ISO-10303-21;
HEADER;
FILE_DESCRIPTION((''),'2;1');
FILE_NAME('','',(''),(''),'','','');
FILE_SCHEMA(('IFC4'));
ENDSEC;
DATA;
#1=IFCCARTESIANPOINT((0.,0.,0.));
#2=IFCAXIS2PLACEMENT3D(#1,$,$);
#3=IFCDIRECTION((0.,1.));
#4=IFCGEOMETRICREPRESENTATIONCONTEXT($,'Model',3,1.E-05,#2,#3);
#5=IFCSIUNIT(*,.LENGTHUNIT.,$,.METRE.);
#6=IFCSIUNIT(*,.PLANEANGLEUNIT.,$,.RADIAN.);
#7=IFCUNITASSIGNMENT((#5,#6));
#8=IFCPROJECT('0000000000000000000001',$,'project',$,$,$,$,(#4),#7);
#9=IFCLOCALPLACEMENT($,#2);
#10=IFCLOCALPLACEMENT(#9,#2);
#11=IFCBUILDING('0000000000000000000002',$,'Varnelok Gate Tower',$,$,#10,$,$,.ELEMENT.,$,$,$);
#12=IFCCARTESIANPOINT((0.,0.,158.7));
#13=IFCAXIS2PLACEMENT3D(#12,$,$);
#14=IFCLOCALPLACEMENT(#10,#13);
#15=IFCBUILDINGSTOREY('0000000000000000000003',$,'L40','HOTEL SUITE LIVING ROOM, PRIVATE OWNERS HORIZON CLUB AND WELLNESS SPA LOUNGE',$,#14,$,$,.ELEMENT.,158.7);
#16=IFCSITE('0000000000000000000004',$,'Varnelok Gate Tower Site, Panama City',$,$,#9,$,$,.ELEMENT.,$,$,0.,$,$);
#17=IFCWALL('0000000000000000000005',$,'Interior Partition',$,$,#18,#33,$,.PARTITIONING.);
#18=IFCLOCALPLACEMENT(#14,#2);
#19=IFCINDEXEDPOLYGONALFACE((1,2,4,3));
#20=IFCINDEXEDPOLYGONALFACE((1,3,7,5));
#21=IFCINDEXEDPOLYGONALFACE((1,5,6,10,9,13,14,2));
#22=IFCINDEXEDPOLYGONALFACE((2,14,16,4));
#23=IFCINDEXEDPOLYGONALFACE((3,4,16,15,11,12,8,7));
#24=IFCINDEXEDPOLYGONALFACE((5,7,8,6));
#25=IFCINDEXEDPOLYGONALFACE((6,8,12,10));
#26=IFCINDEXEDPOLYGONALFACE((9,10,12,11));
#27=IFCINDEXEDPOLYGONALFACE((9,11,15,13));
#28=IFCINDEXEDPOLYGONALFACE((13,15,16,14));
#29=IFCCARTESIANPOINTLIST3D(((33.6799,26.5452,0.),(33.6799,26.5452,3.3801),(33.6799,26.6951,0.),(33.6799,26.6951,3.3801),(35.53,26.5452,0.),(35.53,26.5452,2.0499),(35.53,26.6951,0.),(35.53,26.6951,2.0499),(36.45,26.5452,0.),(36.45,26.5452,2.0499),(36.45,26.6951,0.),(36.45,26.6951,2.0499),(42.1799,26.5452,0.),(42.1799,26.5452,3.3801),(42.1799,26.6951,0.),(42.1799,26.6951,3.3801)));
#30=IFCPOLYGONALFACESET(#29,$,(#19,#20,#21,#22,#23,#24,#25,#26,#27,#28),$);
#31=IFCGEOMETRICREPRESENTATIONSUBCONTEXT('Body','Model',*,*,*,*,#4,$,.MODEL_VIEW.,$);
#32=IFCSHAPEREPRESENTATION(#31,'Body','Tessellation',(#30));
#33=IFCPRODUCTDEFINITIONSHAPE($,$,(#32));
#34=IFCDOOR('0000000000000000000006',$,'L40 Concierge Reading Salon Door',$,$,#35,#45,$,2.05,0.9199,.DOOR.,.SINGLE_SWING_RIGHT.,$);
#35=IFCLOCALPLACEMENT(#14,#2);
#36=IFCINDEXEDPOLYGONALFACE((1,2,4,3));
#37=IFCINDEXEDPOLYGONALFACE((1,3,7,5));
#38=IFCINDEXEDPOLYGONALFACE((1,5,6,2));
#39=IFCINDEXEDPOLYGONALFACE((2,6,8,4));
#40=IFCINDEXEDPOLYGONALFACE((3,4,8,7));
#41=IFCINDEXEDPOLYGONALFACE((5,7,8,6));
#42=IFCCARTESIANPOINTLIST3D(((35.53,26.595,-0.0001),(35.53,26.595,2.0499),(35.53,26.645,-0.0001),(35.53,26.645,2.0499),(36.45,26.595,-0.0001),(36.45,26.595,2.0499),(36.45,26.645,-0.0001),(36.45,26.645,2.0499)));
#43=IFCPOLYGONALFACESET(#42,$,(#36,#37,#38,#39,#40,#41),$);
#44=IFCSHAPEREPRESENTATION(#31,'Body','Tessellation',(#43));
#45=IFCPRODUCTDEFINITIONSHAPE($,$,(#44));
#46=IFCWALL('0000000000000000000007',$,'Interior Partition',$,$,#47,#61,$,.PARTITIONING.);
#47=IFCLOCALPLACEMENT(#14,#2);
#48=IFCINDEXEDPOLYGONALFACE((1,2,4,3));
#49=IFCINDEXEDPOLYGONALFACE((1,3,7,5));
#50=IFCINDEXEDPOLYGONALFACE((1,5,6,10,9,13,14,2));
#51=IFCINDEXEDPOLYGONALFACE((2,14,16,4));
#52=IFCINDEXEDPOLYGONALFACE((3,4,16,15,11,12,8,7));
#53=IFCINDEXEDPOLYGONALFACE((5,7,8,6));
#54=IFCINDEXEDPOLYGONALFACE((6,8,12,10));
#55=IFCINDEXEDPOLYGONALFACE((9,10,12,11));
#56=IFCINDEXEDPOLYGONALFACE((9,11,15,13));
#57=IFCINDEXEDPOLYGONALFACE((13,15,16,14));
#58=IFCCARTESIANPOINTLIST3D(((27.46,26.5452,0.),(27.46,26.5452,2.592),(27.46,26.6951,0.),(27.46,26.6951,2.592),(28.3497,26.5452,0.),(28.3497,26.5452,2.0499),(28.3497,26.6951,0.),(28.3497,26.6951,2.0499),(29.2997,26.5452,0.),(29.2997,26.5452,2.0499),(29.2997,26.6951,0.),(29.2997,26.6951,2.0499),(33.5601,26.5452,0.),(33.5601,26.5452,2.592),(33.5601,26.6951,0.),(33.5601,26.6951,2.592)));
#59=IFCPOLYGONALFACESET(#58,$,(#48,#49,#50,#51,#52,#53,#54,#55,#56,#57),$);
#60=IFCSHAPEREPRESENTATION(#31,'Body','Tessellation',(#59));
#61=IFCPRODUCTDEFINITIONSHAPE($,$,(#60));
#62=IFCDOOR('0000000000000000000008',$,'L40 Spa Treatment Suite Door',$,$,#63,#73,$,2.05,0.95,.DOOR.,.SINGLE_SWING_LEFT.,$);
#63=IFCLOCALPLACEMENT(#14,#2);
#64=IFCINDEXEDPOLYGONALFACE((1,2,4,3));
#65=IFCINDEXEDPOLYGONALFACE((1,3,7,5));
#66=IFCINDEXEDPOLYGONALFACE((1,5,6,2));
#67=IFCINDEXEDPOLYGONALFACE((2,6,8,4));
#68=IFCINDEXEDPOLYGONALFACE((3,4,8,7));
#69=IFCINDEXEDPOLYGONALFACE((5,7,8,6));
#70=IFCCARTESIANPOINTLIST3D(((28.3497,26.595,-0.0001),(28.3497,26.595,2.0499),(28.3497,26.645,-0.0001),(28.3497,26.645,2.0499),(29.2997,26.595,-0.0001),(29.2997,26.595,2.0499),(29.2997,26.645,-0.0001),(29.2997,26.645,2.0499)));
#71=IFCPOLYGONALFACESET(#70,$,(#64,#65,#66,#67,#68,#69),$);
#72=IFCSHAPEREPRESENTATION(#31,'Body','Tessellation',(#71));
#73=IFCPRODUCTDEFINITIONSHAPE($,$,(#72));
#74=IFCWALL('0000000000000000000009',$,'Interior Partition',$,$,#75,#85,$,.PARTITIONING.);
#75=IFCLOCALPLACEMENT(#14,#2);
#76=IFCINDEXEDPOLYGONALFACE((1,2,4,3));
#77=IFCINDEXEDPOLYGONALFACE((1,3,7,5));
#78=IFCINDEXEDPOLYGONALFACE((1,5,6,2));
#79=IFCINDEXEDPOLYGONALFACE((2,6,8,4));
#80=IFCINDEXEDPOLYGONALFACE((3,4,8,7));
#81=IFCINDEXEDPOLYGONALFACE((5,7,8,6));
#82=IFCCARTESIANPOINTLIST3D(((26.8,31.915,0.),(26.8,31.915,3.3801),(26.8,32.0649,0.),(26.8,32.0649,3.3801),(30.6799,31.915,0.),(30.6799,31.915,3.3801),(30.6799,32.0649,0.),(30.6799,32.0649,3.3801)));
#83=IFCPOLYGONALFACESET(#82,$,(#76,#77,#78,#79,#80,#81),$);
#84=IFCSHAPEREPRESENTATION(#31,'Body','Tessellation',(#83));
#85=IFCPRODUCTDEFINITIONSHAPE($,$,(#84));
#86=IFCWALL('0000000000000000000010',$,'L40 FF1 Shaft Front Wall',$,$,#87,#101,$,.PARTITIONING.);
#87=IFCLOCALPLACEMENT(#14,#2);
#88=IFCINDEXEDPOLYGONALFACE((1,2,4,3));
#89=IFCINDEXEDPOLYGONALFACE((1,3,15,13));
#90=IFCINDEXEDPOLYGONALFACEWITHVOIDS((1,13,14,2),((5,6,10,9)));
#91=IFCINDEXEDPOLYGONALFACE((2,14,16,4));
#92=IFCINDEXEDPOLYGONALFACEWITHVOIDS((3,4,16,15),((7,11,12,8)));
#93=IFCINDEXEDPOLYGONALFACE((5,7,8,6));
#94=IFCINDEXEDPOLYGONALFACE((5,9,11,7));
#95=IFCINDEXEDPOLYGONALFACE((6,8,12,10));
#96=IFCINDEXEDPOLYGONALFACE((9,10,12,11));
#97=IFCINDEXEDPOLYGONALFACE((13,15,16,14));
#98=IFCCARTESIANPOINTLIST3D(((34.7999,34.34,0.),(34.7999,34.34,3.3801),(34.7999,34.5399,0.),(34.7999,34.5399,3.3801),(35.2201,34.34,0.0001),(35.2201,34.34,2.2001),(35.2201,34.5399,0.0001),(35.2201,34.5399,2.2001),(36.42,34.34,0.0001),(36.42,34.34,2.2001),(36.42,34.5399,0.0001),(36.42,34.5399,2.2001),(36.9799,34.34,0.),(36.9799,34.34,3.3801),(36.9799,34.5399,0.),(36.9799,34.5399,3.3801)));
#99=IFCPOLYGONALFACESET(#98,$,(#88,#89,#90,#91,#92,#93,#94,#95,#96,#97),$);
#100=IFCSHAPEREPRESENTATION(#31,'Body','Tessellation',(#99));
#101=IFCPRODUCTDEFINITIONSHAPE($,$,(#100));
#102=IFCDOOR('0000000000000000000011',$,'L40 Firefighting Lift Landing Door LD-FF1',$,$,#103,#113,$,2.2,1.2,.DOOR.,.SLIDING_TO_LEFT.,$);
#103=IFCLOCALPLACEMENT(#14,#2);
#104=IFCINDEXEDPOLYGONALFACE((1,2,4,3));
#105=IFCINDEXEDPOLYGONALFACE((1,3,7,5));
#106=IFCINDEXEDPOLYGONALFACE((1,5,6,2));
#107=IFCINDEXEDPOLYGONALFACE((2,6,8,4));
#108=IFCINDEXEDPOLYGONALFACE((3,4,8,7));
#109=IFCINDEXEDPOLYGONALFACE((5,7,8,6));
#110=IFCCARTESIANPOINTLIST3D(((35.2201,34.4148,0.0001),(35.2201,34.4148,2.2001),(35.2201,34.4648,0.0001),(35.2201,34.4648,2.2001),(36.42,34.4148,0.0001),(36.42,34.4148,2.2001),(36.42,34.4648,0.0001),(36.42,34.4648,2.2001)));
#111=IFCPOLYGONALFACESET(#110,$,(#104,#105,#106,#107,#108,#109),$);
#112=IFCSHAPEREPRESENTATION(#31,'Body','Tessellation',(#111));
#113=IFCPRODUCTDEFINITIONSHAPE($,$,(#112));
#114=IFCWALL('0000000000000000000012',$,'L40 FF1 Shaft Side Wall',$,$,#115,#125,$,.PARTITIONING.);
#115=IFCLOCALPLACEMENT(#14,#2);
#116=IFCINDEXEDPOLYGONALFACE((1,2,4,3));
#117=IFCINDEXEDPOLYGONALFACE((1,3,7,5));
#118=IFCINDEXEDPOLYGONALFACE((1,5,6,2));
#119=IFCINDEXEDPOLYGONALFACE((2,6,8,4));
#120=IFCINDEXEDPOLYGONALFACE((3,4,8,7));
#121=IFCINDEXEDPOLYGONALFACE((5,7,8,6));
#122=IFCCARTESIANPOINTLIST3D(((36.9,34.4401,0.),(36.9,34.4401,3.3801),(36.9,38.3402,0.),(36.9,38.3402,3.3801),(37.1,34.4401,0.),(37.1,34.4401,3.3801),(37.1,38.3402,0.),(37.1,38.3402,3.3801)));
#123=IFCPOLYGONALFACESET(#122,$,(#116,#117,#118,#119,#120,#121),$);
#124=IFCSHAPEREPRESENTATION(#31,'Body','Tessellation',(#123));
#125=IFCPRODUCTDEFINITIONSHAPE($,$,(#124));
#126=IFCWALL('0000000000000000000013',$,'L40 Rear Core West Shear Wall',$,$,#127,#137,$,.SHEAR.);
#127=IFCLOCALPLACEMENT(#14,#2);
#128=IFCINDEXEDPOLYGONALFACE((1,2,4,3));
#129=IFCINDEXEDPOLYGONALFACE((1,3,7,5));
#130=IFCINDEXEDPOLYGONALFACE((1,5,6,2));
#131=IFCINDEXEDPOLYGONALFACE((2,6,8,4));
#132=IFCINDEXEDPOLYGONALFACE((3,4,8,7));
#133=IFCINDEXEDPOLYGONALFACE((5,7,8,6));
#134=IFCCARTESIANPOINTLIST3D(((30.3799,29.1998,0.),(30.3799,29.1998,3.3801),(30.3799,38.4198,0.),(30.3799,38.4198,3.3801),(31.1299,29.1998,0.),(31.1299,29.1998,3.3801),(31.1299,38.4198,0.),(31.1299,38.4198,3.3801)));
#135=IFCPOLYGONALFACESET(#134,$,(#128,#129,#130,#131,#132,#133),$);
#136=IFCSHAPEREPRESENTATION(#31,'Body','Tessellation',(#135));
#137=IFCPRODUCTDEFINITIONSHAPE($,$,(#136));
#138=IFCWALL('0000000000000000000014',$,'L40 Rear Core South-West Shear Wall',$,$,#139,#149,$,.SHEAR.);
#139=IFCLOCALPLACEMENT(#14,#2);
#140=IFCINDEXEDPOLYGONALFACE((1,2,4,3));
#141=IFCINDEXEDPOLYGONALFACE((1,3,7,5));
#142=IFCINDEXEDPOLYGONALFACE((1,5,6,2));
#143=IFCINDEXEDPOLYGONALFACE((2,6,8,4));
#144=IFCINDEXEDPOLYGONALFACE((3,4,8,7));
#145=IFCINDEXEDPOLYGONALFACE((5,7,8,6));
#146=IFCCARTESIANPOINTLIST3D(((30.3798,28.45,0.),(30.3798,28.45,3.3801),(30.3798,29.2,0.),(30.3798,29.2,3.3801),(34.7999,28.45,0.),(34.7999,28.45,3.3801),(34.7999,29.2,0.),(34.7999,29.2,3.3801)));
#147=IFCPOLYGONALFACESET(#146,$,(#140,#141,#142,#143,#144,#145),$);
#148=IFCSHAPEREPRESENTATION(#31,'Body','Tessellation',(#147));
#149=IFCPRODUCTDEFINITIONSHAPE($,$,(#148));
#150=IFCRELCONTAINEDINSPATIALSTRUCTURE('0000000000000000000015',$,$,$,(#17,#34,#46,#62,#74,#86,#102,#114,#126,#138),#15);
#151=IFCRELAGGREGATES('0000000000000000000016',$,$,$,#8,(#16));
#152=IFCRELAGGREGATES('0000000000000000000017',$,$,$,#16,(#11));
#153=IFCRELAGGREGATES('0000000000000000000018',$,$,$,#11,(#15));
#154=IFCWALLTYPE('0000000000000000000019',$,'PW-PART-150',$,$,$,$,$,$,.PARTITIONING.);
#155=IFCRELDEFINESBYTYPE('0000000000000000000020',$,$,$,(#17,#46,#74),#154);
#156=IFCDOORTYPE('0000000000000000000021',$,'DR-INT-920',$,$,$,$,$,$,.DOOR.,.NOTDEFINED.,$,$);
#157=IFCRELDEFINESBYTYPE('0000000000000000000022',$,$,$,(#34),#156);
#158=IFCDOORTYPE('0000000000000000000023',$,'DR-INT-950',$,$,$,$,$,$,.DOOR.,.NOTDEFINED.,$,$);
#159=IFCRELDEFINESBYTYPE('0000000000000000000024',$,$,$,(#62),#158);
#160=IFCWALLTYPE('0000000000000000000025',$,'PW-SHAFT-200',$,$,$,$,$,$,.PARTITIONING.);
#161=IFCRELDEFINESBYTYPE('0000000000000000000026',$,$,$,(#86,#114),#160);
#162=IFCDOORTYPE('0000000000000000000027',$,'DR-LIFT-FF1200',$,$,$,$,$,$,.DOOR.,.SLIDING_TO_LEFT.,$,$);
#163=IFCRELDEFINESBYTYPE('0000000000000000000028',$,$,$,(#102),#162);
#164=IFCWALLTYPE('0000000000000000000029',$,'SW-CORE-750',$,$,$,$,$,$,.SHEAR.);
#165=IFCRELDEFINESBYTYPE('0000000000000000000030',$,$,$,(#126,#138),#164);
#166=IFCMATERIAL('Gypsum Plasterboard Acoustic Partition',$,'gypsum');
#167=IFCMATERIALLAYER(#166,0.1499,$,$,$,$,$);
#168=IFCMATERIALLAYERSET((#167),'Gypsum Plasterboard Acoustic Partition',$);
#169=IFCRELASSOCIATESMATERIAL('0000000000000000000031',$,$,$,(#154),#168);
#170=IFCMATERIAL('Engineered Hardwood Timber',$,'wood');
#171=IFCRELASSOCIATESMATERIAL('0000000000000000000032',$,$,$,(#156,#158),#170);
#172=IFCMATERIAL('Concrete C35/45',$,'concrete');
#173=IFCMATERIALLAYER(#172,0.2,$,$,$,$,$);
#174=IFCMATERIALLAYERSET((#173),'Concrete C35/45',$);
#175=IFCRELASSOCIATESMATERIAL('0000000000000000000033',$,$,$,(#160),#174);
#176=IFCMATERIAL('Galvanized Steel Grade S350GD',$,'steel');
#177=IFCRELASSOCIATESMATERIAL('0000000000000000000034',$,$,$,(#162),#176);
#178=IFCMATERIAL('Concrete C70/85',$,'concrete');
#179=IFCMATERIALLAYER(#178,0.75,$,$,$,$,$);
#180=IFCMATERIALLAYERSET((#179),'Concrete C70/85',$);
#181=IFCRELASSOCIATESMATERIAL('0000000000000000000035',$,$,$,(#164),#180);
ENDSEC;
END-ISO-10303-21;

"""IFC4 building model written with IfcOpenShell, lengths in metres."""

from ifc_helpers import new_model, si_unit, direction, frame, frame_2d, origin, place, context, subcontext, project, spatial, rectangle, extrude, material, layer, layer_set, type_object, element, fill, save


model = new_model("IFC4")

# Units and contexts
model_context = context("Model", 3, precision=1e-05, world=origin(), true_north=direction((0.0, 1.0)))
body_context = subcontext(model_context, "Body", "Model", "MODEL_VIEW")
ifc_project = project(units=[si_unit("LENGTHUNIT", "METRE"), si_unit("PLANEANGLEUNIT", "RADIAN")], contexts=[model_context])

# Site, building, storey
site_placement = place(None, origin())
site = spatial("IfcSite", under=ifc_project, at=site_placement, Name="Varnelok Gate Tower Site, Panama City", CompositionType="ELEMENT", RefElevation=0.0)
building_placement = place(site_placement, origin())
building = spatial("IfcBuilding", under=site, at=building_placement, Name="Varnelok Gate Tower", CompositionType="ELEMENT")
storey_placement = place(building_placement, frame((0.0, 0.0, 158.7)))
storey = spatial("IfcBuildingStorey", under=building, at=storey_placement, Name="L40", Description="HOTEL SUITE LIVING ROOM, PRIVATE OWNERS HORIZON CLUB AND WELLNESS SPA LOUNGE", CompositionType="ELEMENT", Elevation=158.7)

# Walls, openings, doors
ifc_material_1 = material(Name="Gypsum Plasterboard Acoustic Partition", Category="gypsum")
ifc_layer_1 = layer(ifc_material_1, 0.1499)
ifc_layer_set_1 = layer_set([ifc_layer_1], Name="Gypsum Plasterboard Acoustic Partition")
wall_type_1 = type_object("IfcWallType", Name="PW-PART-150", PredefinedType="PARTITIONING", material=ifc_layer_set_1)
wall_1_placement = place(storey_placement, frame((33.6799, 26.6201, 0.0), z_axis=(0.0, 0.0, 1.0), x_axis=(1.0, 0.0, 0.0)))
wall_1 = element("IfcWall", 1, at=wall_1_placement, inside=storey, type_object=wall_type_1, Name="Interior Partition", PredefinedType="PARTITIONING", context=body_context, shape_type="SweptSolid", body=[
    extrude(rectangle(XDim=8.5, YDim=0.1499, at=frame_2d((4.25, 0.0))), origin(), (0.0, 0.0, 1.0), 3.3801),
])
opening_1_placement = place(wall_1_placement, frame((1.8501, 0.0, 0.0)))
opening_1 = element("IfcOpeningElement", 2, at=opening_1_placement, cuts=wall_1, PredefinedType="OPENING", context=body_context, shape_type="SweptSolid", body=[
    extrude(rectangle(XDim=0.9199, YDim=2.05, at=frame_2d((0.46, 1.0249))), frame((0.0, 0.085, 0.0), z_axis=(0.0, -1.0, 0.0), x_axis=(1.0, 0.0, 0.0)), (0.0, 0.0, 1.0), 0.1699),
])
ifc_material_2 = material(Name="Engineered Hardwood Timber", Category="wood")
door_type_1 = type_object("IfcDoorType", Name="DR-INT-920", OperationType="NOTDEFINED", PredefinedType="DOOR", material=ifc_material_2)
door_1_placement = place(opening_1_placement, origin())
door_1 = element("IfcDoor", 3, at=door_1_placement, inside=storey, type_object=door_type_1, Name="L40 Concierge Reading Salon Door", OperationType="SINGLE_SWING_RIGHT", OverallHeight=2.05, OverallWidth=0.9199, PredefinedType="DOOR", context=body_context, shape_type="SweptSolid", body=[
    extrude(rectangle(XDim=0.9199, YDim=2.05, at=frame_2d((0.46, 1.0249))), frame((0.0, 0.0249, 0.0), z_axis=(0.0, -1.0, 0.0), x_axis=(1.0, 0.0, 0.0)), (0.0, 0.0, 1.0), 0.05),
])
fill(opening_1, door_1)
wall_2_placement = place(storey_placement, frame((27.46, 26.6201, 0.0), z_axis=(0.0, 0.0, 1.0), x_axis=(1.0, 0.0, 0.0)))
wall_2 = element("IfcWall", 4, at=wall_2_placement, inside=storey, type_object=wall_type_1, Name="Interior Partition", PredefinedType="PARTITIONING", context=body_context, shape_type="SweptSolid", body=[
    extrude(rectangle(XDim=6.1001, YDim=0.1499, at=frame_2d((3.05, 0.0))), origin(), (0.0, 0.0, 1.0), 2.592),
])
opening_2_placement = place(wall_2_placement, frame((0.8896, 0.0, 0.0)))
opening_2 = element("IfcOpeningElement", 5, at=opening_2_placement, cuts=wall_2, PredefinedType="OPENING", context=body_context, shape_type="SweptSolid", body=[
    extrude(rectangle(XDim=0.95, YDim=2.05, at=frame_2d((0.4751, 1.0249))), frame((0.0, 0.085, 0.0), z_axis=(0.0, -1.0, 0.0), x_axis=(1.0, 0.0, 0.0)), (0.0, 0.0, 1.0), 0.1699),
])
door_type_2 = type_object("IfcDoorType", Name="DR-INT-950", OperationType="NOTDEFINED", PredefinedType="DOOR", material=ifc_material_2)
door_2_placement = place(opening_2_placement, origin())
door_2 = element("IfcDoor", 6, at=door_2_placement, inside=storey, type_object=door_type_2, Name="L40 Spa Treatment Suite Door", OperationType="SINGLE_SWING_LEFT", OverallHeight=2.05, OverallWidth=0.95, PredefinedType="DOOR", context=body_context, shape_type="SweptSolid", body=[
    extrude(rectangle(XDim=0.95, YDim=2.05, at=frame_2d((0.4751, 1.0249))), frame((0.0, 0.0249, 0.0), z_axis=(0.0, -1.0, 0.0), x_axis=(1.0, 0.0, 0.0)), (0.0, 0.0, 1.0), 0.05),
])
fill(opening_2, door_2)

# Wall
wall_3_placement = place(storey_placement, frame((26.8, 31.99, 0.0), z_axis=(0.0, 0.0, 1.0), x_axis=(1.0, 0.0, 0.0)))
element("IfcWall", 7, at=wall_3_placement, inside=storey, type_object=wall_type_1, Name="Interior Partition", PredefinedType="PARTITIONING", context=body_context, shape_type="SweptSolid", body=[
    extrude(rectangle(XDim=3.8799, YDim=0.1499, at=frame_2d((1.9399, 0.0))), origin(), (0.0, 0.0, 1.0), 3.3801),
])

# Wall, opening, door
ifc_material_3 = material(Name="Concrete C35/45", Category="concrete")
ifc_layer_2 = layer(ifc_material_3, 0.2)
ifc_layer_set_2 = layer_set([ifc_layer_2], Name="Concrete C35/45")
wall_type_2 = type_object("IfcWallType", Name="PW-SHAFT-200", PredefinedType="PARTITIONING", material=ifc_layer_set_2)
wall_4_placement = place(storey_placement, frame((34.8, 34.4399, 0.0), z_axis=(0.0, 0.0, 1.0), x_axis=(1.0, 0.0, 0.0)))
wall_4 = element("IfcWall", 8, at=wall_4_placement, inside=storey, type_object=wall_type_2, Name="L40 FF1 Shaft Front Wall", PredefinedType="PARTITIONING", context=body_context, shape_type="SweptSolid", body=[
    extrude(rectangle(XDim=2.1799, YDim=0.2, at=frame_2d((1.0898, 0.0))), origin(), (0.0, 0.0, 1.0), 3.3801),
])
opening_3_placement = place(wall_4_placement, frame((0.4199, 0.0, 0.0)))
opening_3 = element("IfcOpeningElement", 9, at=opening_3_placement, cuts=wall_4, PredefinedType="OPENING", context=body_context, shape_type="SweptSolid", body=[
    extrude(rectangle(XDim=1.2, YDim=2.2, at=frame_2d((0.6001, 1.1001))), frame((0.0, 0.1099, 0.0), z_axis=(0.0, -1.0, 0.0), x_axis=(1.0, 0.0, 0.0)), (0.0, 0.0, 1.0), 0.22),
])
ifc_material_4 = material(Name="Galvanized Steel Grade S350GD", Category="steel")
door_type_3 = type_object("IfcDoorType", Name="DR-LIFT-FF1200", OperationType="SLIDING_TO_LEFT", PredefinedType="DOOR", material=ifc_material_4)
door_3_placement = place(opening_3_placement, origin())
door_3 = element("IfcDoor", 10, at=door_3_placement, inside=storey, type_object=door_type_3, Name="L40 Firefighting Lift Landing Door LD-FF1", OperationType="SLIDING_TO_LEFT", OverallHeight=2.2, OverallWidth=1.2, PredefinedType="DOOR", context=body_context, shape_type="SweptSolid", body=[
    extrude(rectangle(XDim=1.2, YDim=2.2, at=frame_2d((0.6001, 1.1001))), frame((0.0, 0.0249, 0.0), z_axis=(0.0, -1.0, 0.0), x_axis=(1.0, 0.0, 0.0)), (0.0, 0.0, 1.0), 0.05),
])
fill(opening_3, door_3)

# Walls
wall_5_placement = place(storey_placement, frame((37.0, 34.4399, 0.0), z_axis=(0.0, 0.0, 1.0), x_axis=(0.0, 1.0, 0.0)))
element("IfcWall", 11, at=wall_5_placement, inside=storey, type_object=wall_type_2, Name="L40 FF1 Shaft Side Wall", PredefinedType="PARTITIONING", context=body_context, shape_type="SweptSolid", body=[
    extrude(rectangle(XDim=3.9001, YDim=0.2, at=frame_2d((1.9502, 0.0))), origin(), (0.0, 0.0, 1.0), 3.3801),
])
ifc_material_5 = material(Name="Concrete C70/85", Category="concrete")
ifc_layer_3 = layer(ifc_material_5, 0.75)
ifc_layer_set_3 = layer_set([ifc_layer_3], Name="Concrete C70/85")
wall_type_3 = type_object("IfcWallType", Name="SW-CORE-750", PredefinedType="SHEAR", material=ifc_layer_set_3)
wall_6_placement = place(storey_placement, frame((30.7549, 29.2, 0.0), z_axis=(0.0, 0.0, 1.0), x_axis=(0.0, 1.0, 0.0)))
element("IfcWall", 12, at=wall_6_placement, inside=storey, type_object=wall_type_3, Name="L40 Rear Core West Shear Wall", PredefinedType="SHEAR", context=body_context, shape_type="SweptSolid", body=[
    extrude(rectangle(XDim=9.22, YDim=0.75, at=frame_2d((4.6099, 0.0))), origin(), (0.0, 0.0, 1.0), 3.3801),
])
wall_7_placement = place(storey_placement, frame((30.3799, 28.825, 0.0), z_axis=(0.0, 0.0, 1.0), x_axis=(1.0, 0.0, 0.0)))
element("IfcWall", 13, at=wall_7_placement, inside=storey, type_object=wall_type_3, Name="L40 Rear Core South-West Shear Wall", PredefinedType="SHEAR", context=body_context, shape_type="SweptSolid", body=[
    extrude(rectangle(XDim=4.4202, YDim=0.75, at=frame_2d((2.21, 0.0))), origin(), (0.0, 0.0, 1.0), 3.3801),
])

save(model, "model.ifc")
